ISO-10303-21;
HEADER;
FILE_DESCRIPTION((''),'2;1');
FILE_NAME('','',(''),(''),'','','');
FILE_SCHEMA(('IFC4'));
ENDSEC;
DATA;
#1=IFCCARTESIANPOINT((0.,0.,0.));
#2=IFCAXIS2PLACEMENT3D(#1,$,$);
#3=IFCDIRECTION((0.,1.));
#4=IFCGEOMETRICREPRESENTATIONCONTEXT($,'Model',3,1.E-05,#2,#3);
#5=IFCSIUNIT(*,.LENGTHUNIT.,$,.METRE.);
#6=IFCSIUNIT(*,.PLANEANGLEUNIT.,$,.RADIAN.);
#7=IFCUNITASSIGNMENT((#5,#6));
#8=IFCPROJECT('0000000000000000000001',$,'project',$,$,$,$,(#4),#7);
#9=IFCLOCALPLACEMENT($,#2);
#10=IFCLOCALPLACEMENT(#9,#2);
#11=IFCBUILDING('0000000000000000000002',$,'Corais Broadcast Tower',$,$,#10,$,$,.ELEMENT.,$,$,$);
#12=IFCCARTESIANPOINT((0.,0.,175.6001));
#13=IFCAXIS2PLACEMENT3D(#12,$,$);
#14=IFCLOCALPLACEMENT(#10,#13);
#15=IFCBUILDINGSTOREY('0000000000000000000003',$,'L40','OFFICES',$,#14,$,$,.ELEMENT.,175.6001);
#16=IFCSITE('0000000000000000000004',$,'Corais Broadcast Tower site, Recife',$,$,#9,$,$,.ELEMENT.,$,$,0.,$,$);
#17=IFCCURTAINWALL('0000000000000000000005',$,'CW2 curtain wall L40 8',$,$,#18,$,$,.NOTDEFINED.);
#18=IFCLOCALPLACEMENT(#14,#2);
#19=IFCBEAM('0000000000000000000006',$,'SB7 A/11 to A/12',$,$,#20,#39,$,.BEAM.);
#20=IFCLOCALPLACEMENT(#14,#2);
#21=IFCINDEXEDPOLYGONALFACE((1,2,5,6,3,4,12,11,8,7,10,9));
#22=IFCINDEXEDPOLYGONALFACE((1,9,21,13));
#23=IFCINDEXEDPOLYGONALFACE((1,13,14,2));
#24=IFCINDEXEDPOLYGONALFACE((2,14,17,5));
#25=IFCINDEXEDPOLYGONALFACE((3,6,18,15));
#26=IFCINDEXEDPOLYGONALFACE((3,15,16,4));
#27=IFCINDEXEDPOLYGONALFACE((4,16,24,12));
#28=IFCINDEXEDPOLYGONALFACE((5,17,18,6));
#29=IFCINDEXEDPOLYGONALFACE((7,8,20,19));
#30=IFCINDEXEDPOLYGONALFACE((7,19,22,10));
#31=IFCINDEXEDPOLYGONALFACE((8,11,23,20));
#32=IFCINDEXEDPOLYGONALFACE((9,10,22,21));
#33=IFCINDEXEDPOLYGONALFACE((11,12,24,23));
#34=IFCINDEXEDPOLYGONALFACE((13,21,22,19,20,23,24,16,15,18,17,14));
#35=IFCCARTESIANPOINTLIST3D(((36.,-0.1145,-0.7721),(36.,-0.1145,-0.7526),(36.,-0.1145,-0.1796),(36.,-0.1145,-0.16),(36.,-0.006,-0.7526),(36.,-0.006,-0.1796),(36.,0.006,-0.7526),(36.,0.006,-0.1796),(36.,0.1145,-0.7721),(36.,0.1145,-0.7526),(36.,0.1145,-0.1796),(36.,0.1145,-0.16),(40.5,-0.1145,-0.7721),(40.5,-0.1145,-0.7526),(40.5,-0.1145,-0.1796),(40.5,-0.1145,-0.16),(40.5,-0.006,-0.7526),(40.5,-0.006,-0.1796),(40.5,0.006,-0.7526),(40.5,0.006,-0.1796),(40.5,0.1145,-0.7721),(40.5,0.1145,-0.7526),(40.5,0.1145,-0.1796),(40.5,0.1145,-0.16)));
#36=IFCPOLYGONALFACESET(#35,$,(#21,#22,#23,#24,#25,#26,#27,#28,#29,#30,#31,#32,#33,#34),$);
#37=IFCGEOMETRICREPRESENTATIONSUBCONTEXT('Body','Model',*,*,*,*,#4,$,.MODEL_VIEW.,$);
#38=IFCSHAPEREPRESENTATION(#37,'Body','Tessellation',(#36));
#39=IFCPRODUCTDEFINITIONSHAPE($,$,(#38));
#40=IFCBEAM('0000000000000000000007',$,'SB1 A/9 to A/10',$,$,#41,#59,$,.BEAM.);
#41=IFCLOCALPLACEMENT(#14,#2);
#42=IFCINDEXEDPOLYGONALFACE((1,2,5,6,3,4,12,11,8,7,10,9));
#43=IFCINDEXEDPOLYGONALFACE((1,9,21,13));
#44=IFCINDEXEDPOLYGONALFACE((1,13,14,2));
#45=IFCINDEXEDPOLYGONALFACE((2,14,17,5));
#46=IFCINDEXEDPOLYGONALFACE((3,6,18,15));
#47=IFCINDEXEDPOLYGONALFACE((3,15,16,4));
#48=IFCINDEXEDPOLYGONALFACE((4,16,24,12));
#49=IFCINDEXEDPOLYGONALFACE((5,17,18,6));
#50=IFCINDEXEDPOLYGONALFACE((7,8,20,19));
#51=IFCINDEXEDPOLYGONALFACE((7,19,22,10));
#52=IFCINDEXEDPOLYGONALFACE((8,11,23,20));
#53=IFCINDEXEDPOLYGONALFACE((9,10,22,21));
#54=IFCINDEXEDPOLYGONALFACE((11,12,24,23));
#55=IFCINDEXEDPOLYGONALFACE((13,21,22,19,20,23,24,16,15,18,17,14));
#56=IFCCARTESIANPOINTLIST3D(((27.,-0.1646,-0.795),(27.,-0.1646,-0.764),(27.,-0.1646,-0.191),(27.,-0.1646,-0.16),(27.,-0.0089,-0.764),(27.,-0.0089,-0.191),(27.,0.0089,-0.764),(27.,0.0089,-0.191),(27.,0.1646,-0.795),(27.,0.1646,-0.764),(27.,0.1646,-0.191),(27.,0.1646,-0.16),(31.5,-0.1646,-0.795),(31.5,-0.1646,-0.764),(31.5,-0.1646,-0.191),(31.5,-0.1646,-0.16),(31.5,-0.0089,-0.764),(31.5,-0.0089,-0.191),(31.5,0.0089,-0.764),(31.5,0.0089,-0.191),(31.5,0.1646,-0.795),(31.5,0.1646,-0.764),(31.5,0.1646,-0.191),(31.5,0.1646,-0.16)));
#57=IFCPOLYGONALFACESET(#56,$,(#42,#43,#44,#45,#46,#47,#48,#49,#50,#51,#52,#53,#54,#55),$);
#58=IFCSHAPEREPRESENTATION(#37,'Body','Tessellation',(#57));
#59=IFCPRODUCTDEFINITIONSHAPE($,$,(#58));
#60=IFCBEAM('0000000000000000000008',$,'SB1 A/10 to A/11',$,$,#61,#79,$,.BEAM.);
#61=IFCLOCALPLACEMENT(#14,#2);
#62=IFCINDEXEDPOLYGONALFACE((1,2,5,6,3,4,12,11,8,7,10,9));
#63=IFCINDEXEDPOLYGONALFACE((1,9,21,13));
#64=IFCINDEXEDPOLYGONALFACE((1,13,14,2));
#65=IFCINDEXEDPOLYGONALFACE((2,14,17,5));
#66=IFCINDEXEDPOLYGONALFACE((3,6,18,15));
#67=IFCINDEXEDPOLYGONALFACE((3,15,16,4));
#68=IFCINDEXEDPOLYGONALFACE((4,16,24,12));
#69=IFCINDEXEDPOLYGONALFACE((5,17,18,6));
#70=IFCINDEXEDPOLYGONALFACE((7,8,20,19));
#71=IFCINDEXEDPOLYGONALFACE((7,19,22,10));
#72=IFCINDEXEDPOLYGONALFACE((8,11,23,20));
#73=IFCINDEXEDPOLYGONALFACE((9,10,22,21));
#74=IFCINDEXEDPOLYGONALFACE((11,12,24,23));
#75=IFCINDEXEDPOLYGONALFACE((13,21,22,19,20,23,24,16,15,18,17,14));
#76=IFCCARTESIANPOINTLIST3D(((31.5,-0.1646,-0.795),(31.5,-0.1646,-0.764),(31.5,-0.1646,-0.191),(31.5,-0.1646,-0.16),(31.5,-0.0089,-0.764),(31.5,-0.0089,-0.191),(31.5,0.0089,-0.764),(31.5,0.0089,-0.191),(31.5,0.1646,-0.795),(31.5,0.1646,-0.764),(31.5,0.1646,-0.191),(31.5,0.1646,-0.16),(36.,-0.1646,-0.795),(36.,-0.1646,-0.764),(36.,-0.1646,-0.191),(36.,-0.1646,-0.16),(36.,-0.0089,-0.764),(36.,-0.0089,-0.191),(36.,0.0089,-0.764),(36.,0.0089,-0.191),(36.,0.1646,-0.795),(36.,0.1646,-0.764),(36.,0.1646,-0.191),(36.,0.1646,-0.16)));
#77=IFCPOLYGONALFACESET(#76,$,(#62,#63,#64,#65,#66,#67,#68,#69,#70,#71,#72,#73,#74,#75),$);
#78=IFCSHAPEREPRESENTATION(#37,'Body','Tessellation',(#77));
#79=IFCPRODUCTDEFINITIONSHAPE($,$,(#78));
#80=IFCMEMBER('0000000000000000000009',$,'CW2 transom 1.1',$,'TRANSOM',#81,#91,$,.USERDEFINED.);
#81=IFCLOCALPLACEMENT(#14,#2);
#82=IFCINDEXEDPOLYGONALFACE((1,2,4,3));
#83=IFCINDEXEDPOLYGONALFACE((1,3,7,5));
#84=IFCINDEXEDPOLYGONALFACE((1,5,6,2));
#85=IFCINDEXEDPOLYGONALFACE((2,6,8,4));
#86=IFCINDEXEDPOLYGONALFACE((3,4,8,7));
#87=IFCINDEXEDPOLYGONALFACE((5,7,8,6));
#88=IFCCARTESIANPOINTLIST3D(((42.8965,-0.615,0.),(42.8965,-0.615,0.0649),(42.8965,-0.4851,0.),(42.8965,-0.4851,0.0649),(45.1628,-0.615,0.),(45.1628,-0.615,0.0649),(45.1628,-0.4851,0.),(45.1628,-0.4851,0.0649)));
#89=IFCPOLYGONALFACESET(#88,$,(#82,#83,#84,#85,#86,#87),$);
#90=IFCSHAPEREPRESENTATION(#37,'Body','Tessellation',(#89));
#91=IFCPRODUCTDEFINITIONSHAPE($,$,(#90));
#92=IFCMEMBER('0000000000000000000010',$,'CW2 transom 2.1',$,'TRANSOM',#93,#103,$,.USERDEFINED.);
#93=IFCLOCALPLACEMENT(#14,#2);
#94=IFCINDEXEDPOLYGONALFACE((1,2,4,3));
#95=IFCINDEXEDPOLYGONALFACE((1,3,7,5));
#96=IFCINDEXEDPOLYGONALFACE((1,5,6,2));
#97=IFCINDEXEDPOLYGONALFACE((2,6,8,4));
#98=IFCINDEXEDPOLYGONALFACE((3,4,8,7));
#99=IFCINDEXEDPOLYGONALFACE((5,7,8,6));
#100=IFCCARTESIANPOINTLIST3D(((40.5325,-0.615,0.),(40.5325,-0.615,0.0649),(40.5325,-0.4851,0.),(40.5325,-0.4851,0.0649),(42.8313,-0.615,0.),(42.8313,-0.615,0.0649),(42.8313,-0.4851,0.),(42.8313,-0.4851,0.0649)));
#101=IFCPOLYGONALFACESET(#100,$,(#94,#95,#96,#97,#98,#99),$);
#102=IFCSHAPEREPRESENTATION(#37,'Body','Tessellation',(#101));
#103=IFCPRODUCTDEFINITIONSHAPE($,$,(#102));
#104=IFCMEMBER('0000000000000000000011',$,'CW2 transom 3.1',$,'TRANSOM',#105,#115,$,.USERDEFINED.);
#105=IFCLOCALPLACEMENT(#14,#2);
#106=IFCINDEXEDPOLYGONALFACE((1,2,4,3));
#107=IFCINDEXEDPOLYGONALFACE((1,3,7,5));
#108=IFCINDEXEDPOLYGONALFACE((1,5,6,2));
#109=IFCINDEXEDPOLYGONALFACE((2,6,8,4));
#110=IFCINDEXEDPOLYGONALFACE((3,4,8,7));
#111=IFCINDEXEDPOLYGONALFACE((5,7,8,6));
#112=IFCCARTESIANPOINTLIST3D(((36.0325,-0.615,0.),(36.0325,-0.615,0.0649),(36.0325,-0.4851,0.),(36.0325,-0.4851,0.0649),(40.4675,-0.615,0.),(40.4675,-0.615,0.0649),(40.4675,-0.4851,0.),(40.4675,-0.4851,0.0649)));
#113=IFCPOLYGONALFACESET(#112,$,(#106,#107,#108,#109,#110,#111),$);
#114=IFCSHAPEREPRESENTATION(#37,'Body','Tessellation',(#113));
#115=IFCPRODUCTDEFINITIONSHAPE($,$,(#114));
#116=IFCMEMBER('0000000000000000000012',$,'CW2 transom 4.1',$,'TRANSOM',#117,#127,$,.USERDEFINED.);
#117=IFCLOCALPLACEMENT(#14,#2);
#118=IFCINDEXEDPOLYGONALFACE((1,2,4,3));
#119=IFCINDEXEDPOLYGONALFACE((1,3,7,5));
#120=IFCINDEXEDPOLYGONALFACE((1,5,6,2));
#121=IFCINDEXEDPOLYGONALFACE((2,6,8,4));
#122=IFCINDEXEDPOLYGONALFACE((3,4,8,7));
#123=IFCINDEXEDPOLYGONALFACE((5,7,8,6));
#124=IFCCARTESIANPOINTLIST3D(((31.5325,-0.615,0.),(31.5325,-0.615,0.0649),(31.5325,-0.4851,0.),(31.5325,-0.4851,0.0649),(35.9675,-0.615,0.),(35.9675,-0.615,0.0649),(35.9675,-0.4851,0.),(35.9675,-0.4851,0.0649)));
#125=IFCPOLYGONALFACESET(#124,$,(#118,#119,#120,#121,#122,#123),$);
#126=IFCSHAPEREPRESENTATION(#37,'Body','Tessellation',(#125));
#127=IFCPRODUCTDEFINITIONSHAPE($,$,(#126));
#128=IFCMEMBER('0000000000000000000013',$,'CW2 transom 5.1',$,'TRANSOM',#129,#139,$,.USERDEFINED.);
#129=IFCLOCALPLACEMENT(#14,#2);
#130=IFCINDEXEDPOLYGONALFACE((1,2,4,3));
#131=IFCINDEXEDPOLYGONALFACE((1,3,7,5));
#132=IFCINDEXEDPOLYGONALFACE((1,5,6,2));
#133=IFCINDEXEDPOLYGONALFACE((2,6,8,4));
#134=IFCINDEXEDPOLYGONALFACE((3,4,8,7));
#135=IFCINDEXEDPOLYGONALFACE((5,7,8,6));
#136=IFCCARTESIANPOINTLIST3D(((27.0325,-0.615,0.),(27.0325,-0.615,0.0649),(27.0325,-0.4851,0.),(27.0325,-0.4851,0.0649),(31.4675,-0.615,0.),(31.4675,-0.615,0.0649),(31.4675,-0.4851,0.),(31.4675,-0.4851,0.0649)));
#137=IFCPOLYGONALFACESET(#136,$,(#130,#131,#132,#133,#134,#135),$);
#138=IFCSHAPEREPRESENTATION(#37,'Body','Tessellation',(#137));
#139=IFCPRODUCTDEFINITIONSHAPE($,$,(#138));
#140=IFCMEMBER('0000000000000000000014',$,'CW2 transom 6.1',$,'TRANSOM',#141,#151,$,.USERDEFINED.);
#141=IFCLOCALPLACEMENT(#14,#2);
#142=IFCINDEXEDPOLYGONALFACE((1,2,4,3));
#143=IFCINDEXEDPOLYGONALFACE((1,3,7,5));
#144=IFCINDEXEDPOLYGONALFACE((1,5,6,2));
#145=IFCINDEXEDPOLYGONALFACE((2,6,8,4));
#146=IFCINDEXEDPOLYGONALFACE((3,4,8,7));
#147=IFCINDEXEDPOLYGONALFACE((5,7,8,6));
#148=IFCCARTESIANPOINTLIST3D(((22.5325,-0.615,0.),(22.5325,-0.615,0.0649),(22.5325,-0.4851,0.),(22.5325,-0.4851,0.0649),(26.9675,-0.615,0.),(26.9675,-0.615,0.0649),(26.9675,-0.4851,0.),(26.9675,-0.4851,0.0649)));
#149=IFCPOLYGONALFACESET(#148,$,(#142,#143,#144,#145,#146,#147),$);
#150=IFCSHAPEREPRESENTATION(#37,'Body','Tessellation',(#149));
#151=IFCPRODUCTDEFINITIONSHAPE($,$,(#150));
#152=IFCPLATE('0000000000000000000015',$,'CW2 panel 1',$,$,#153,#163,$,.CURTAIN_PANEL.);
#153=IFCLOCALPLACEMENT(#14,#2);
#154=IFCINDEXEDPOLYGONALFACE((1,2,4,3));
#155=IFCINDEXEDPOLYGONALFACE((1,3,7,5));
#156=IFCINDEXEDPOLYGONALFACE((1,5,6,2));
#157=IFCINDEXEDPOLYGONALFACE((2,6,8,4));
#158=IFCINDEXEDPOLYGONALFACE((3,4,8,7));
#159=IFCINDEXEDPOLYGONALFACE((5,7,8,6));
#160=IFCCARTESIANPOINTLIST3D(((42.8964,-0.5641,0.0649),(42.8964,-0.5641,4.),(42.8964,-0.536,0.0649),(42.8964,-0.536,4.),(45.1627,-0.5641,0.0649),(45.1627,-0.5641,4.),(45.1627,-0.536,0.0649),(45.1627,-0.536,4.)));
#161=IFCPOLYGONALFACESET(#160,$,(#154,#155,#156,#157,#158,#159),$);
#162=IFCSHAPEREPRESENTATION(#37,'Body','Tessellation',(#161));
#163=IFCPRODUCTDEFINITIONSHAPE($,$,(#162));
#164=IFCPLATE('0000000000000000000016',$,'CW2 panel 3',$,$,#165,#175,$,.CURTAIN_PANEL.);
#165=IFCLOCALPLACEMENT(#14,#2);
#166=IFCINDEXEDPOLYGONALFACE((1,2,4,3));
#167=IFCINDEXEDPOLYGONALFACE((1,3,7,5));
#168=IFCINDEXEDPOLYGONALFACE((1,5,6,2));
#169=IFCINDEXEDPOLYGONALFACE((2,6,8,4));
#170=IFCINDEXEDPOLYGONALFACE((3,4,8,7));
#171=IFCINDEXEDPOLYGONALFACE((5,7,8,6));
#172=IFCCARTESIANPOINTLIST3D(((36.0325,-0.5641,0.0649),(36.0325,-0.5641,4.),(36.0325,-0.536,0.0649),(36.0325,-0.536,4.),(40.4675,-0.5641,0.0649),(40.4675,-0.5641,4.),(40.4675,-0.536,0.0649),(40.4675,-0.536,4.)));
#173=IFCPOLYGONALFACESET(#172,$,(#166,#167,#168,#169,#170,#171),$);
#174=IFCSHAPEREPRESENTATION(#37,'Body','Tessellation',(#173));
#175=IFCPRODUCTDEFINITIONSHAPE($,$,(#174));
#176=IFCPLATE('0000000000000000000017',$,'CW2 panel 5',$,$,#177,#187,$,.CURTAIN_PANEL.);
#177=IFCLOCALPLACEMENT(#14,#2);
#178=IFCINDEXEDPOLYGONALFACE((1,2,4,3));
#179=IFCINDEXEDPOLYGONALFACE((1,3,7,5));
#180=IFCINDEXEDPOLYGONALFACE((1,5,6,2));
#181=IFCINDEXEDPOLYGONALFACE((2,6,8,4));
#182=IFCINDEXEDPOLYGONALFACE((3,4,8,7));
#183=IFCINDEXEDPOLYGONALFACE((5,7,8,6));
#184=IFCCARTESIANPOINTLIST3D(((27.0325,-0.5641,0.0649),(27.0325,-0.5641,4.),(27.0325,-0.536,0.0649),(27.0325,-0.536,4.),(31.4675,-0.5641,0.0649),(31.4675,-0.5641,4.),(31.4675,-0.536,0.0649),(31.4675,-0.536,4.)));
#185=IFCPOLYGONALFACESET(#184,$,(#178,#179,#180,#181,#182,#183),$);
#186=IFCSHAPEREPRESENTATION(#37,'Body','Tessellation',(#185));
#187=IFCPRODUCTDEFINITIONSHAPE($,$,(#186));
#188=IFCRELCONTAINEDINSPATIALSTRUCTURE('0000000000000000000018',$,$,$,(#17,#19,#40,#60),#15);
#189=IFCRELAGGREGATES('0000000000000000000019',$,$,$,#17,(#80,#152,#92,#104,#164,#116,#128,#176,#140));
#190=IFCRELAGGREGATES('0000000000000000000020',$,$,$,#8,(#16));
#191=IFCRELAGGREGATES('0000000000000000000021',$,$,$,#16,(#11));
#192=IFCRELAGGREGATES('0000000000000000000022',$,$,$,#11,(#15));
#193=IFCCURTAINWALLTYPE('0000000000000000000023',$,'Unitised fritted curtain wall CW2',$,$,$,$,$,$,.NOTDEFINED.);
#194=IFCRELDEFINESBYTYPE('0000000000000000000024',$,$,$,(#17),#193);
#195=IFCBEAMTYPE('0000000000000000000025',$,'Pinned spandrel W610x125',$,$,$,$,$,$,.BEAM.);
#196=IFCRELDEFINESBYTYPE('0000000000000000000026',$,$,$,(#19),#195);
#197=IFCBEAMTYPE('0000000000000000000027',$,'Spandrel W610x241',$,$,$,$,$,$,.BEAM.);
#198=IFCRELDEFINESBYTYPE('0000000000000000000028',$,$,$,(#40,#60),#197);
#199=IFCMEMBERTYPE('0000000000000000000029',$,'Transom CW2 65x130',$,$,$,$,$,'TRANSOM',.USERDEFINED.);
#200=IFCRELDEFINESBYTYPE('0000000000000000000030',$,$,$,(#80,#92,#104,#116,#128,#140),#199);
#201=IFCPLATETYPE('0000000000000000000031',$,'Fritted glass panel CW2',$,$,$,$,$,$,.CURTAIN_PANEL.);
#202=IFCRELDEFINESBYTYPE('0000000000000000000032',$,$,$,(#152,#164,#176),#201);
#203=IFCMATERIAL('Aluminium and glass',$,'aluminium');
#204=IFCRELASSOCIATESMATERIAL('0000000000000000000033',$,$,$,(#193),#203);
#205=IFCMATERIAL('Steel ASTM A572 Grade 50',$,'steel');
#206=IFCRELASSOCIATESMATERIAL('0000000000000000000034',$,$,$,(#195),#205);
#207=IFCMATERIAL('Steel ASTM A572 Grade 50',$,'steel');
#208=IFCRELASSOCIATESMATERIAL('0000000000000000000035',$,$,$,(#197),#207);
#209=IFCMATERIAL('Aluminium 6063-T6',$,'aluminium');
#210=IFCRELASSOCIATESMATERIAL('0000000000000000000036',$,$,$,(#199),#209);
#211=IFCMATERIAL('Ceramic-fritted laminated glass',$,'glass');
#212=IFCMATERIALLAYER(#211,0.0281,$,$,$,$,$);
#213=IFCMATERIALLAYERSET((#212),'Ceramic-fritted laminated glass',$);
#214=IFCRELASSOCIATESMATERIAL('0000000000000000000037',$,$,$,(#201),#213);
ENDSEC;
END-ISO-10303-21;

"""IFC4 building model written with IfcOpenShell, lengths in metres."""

from ifc_helpers import new_model, si_unit, direction, frame, origin, origin_2d, place, context, subcontext, project, spatial, rectangle, i_section, extrude, material, layer, layer_set, material_profile, profile_set, type_object, element, aggregate, save


model = new_model("IFC4")

# Units and contexts
model_context = context("Model", 3, precision=1e-05, world=origin(), true_north=direction((0.0, 1.0)))
body_context = subcontext(model_context, "Body", "Model", "MODEL_VIEW")
ifc_project = project(units=[si_unit("LENGTHUNIT", "METRE"), si_unit("PLANEANGLEUNIT", "RADIAN")], contexts=[model_context])

# Site, building, storey
site_placement = place(None, origin())
site = spatial("IfcSite", under=ifc_project, at=site_placement, Name="Corais Broadcast Tower site, Recife", CompositionType="ELEMENT", RefElevation=0.0)
building_placement = place(site_placement, origin())
building = spatial("IfcBuilding", under=site, at=building_placement, Name="Corais Broadcast Tower", CompositionType="ELEMENT")
storey_placement = place(building_placement, frame((0.0, 0.0, 175.6001)))
storey = spatial("IfcBuildingStorey", under=building, at=storey_placement, Name="L40", Description="OFFICES", CompositionType="ELEMENT", Elevation=175.6001)

# Curtain wall
ifc_material_1 = material(Name="Aluminium and glass", Category="aluminium")
curtain_wall_type = type_object("IfcCurtainWallType", Name="Unitised fritted curtain wall CW2", PredefinedType="NOTDEFINED", material=ifc_material_1)
curtain_wall_placement = place(storey_placement, origin())
curtain_wall = element("IfcCurtainWall", 1, at=curtain_wall_placement, inside=storey, type_object=curtain_wall_type, Name="CW2 curtain wall L40 8", PredefinedType="NOTDEFINED")

# Beams
ifc_material_2 = material(Name="Steel ASTM A572 Grade 50", Category="steel")
ifc_material_profile_1 = material_profile(ifc_material_2, i_section(OverallWidth=0.229, OverallDepth=0.6121, WebThickness=0.012, FlangeThickness=0.0195, at=origin_2d()), Name="W610x125")
ifc_profile_set_1 = profile_set([ifc_material_profile_1], Name="Steel ASTM A572 Grade 50")
beam_type_1 = type_object("IfcBeamType", Name="Pinned spandrel W610x125", PredefinedType="BEAM", material=ifc_profile_set_1)
beam_placement = place(storey_placement, frame((36.0, 0.0, -0.4661), z_axis=(1.0, 0.0, 0.0), x_axis=(0.0, 1.0, 0.0)))
element("IfcBeam", 2, at=beam_placement, inside=storey, type_object=beam_type_1, Name="SB7 A/11 to A/12", PredefinedType="BEAM", context=body_context, shape_type="SweptSolid", body=[
    extrude(i_section(OverallWidth=0.229, OverallDepth=0.6121, WebThickness=0.012, FlangeThickness=0.0195, at=origin_2d()), origin(), (0.0, 0.0, 1.0), 4.5),
])
ifc_material_3 = material(Name="Steel ASTM A572 Grade 50", Category="steel")
ifc_material_profile_2 = material_profile(ifc_material_3, i_section(OverallWidth=0.3291, OverallDepth=0.635, WebThickness=0.0178, FlangeThickness=0.031, at=origin_2d()), Name="W610x241")
ifc_profile_set_2 = profile_set([ifc_material_profile_2], Name="Steel ASTM A572 Grade 50")
beam_type_2 = type_object("IfcBeamType", Name="Spandrel W610x241", PredefinedType="BEAM", material=ifc_profile_set_2)
for number, where, z_axis, x_axis, name in (
    (3, (27.0, 0.0, -0.4775), (1.0, 0.0, 0.0), (0.0, 1.0, 0.0), "SB1 A/9 to A/10"),
    (4, (31.5, 0.0, -0.4775), (1.0, 0.0, 0.0), (0.0, 1.0, 0.0), "SB1 A/10 to A/11"),
):
    element("IfcBeam", number, at=place(storey_placement, frame(where, z_axis=z_axis, x_axis=x_axis)), inside=storey, type_object=beam_type_2, Name=name, PredefinedType="BEAM", context=body_context, shape_type="SweptSolid", body=[
        extrude(i_section(OverallWidth=0.3291, OverallDepth=0.635, WebThickness=0.0178, FlangeThickness=0.031, at=origin_2d()), origin(), (0.0, 0.0, 1.0), 4.5),
    ])

# Members
ifc_material_4 = material(Name="Aluminium 6063-T6", Category="aluminium")
ifc_material_profile_3 = material_profile(ifc_material_4, rectangle(XDim=0.1299, YDim=0.0649, at=origin_2d()), Name="Transom CW2 65x130")
ifc_profile_set_3 = profile_set([ifc_material_profile_3], Name="Aluminium 6063-T6")
member_type_1 = type_object("IfcMemberType", Name="Transom CW2 65x130", ElementType="TRANSOM", PredefinedType="USERDEFINED", material=ifc_profile_set_3)
member_1_placement = place(storey_placement, frame((45.1628, -0.55, 0.0325), z_axis=(-1.0, 0.0, 0.0), x_axis=(0.0, -1.0, 0.0)))
member_1 = element("IfcMember", 5, at=member_1_placement, type_object=member_type_1, Name="CW2 transom 1.1", ObjectType="TRANSOM", PredefinedType="USERDEFINED", context=body_context, shape_type="SweptSolid", body=[
    extrude(rectangle(XDim=0.1299, YDim=0.0649, at=origin_2d()), origin(), (0.0, 0.0, 1.0), 2.2664),
])
member_2_placement = place(storey_placement, frame((42.8313, -0.55, 0.0325), z_axis=(-1.0, 0.0, 0.0), x_axis=(0.0, -1.0, 0.0)))
member_2 = element("IfcMember", 6, at=member_2_placement, type_object=member_type_1, Name="CW2 transom 2.1", ObjectType="TRANSOM", PredefinedType="USERDEFINED", context=body_context, shape_type="SweptSolid", body=[
    extrude(rectangle(XDim=0.1299, YDim=0.0649, at=origin_2d()), origin(), (0.0, 0.0, 1.0), 2.2988),
])
member_3_placement = place(storey_placement, frame((40.4675, -0.55, 0.0325), z_axis=(-1.0, 0.0, 0.0), x_axis=(0.0, -1.0, 0.0)))
member_3 = element("IfcMember", 7, at=member_3_placement, type_object=member_type_1, Name="CW2 transom 3.1", ObjectType="TRANSOM", PredefinedType="USERDEFINED", context=body_context, shape_type="SweptSolid", body=[
    extrude(rectangle(XDim=0.1299, YDim=0.0649, at=origin_2d()), origin(), (0.0, 0.0, 1.0), 4.4351),
])
member_4_placement = place(storey_placement, frame((35.9675, -0.55, 0.0325), z_axis=(-1.0, 0.0, 0.0), x_axis=(0.0, -1.0, 0.0)))
member_4 = element("IfcMember", 8, at=member_4_placement, type_object=member_type_1, Name="CW2 transom 4.1", ObjectType="TRANSOM", PredefinedType="USERDEFINED", context=body_context, shape_type="SweptSolid", body=[
    extrude(rectangle(XDim=0.1299, YDim=0.0649, at=origin_2d()), origin(), (0.0, 0.0, 1.0), 4.4351),
])
member_5_placement = place(storey_placement, frame((31.4675, -0.55, 0.0325), z_axis=(-1.0, 0.0, 0.0), x_axis=(0.0, -1.0, 0.0)))
member_5 = element("IfcMember", 9, at=member_5_placement, type_object=member_type_1, Name="CW2 transom 5.1", ObjectType="TRANSOM", PredefinedType="USERDEFINED", context=body_context, shape_type="SweptSolid", body=[
    extrude(rectangle(XDim=0.1299, YDim=0.0649, at=origin_2d()), origin(), (0.0, 0.0, 1.0), 4.4351),
])
member_6_placement = place(storey_placement, frame((26.9675, -0.55, 0.0325), z_axis=(-1.0, 0.0, 0.0), x_axis=(0.0, -1.0, 0.0)))
member_6 = element("IfcMember", 10, at=member_6_placement, type_object=member_type_1, Name="CW2 transom 6.1", ObjectType="TRANSOM", PredefinedType="USERDEFINED", context=body_context, shape_type="SweptSolid", body=[
    extrude(rectangle(XDim=0.1299, YDim=0.0649, at=origin_2d()), origin(), (0.0, 0.0, 1.0), 4.4351),
])

# Plates
ifc_material_5 = material(Name="Ceramic-fritted laminated glass", Category="glass")
ifc_layer_1 = layer(ifc_material_5, 0.0281)
ifc_layer_set_1 = layer_set([ifc_layer_1], Name="Ceramic-fritted laminated glass")
plate_type_1 = type_object("IfcPlateType", Name="Fritted glass panel CW2", PredefinedType="CURTAIN_PANEL", material=ifc_layer_set_1)
plate_1_placement = place(storey_placement, frame((44.0295, -0.55, 0.0649), z_axis=(0.0, 0.0, 1.0), x_axis=(-1.0, 0.0, 0.0)))
plate_1 = element("IfcPlate", 11, at=plate_1_placement, type_object=plate_type_1, Name="CW2 panel 1", PredefinedType="CURTAIN_PANEL", context=body_context, shape_type="SweptSolid", body=[
    extrude(rectangle(XDim=2.2664, YDim=0.0281, at=origin_2d()), origin(), (0.0, 0.0, 1.0), 3.9351),
])
plate_2_placement = place(storey_placement, frame((38.25, -0.55, 0.0649), z_axis=(0.0, 0.0, 1.0), x_axis=(-1.0, 0.0, 0.0)))
plate_2 = element("IfcPlate", 12, at=plate_2_placement, type_object=plate_type_1, Name="CW2 panel 3", PredefinedType="CURTAIN_PANEL", context=body_context, shape_type="SweptSolid", body=[
    extrude(rectangle(XDim=4.4351, YDim=0.0281, at=origin_2d()), origin(), (0.0, 0.0, 1.0), 3.9351),
])
plate_3_placement = place(storey_placement, frame((29.25, -0.55, 0.0649), z_axis=(0.0, 0.0, 1.0), x_axis=(-1.0, 0.0, 0.0)))
plate_3 = element("IfcPlate", 13, at=plate_3_placement, type_object=plate_type_1, Name="CW2 panel 5", PredefinedType="CURTAIN_PANEL", context=body_context, shape_type="SweptSolid", body=[
    extrude(rectangle(XDim=4.4351, YDim=0.0281, at=origin_2d()), origin(), (0.0, 0.0, 1.0), 3.9351),
])
aggregate(curtain_wall, [member_1, plate_1, member_2, member_3, plate_2, member_4, member_5, plate_3, member_6])

save(model, "model.ifc")
